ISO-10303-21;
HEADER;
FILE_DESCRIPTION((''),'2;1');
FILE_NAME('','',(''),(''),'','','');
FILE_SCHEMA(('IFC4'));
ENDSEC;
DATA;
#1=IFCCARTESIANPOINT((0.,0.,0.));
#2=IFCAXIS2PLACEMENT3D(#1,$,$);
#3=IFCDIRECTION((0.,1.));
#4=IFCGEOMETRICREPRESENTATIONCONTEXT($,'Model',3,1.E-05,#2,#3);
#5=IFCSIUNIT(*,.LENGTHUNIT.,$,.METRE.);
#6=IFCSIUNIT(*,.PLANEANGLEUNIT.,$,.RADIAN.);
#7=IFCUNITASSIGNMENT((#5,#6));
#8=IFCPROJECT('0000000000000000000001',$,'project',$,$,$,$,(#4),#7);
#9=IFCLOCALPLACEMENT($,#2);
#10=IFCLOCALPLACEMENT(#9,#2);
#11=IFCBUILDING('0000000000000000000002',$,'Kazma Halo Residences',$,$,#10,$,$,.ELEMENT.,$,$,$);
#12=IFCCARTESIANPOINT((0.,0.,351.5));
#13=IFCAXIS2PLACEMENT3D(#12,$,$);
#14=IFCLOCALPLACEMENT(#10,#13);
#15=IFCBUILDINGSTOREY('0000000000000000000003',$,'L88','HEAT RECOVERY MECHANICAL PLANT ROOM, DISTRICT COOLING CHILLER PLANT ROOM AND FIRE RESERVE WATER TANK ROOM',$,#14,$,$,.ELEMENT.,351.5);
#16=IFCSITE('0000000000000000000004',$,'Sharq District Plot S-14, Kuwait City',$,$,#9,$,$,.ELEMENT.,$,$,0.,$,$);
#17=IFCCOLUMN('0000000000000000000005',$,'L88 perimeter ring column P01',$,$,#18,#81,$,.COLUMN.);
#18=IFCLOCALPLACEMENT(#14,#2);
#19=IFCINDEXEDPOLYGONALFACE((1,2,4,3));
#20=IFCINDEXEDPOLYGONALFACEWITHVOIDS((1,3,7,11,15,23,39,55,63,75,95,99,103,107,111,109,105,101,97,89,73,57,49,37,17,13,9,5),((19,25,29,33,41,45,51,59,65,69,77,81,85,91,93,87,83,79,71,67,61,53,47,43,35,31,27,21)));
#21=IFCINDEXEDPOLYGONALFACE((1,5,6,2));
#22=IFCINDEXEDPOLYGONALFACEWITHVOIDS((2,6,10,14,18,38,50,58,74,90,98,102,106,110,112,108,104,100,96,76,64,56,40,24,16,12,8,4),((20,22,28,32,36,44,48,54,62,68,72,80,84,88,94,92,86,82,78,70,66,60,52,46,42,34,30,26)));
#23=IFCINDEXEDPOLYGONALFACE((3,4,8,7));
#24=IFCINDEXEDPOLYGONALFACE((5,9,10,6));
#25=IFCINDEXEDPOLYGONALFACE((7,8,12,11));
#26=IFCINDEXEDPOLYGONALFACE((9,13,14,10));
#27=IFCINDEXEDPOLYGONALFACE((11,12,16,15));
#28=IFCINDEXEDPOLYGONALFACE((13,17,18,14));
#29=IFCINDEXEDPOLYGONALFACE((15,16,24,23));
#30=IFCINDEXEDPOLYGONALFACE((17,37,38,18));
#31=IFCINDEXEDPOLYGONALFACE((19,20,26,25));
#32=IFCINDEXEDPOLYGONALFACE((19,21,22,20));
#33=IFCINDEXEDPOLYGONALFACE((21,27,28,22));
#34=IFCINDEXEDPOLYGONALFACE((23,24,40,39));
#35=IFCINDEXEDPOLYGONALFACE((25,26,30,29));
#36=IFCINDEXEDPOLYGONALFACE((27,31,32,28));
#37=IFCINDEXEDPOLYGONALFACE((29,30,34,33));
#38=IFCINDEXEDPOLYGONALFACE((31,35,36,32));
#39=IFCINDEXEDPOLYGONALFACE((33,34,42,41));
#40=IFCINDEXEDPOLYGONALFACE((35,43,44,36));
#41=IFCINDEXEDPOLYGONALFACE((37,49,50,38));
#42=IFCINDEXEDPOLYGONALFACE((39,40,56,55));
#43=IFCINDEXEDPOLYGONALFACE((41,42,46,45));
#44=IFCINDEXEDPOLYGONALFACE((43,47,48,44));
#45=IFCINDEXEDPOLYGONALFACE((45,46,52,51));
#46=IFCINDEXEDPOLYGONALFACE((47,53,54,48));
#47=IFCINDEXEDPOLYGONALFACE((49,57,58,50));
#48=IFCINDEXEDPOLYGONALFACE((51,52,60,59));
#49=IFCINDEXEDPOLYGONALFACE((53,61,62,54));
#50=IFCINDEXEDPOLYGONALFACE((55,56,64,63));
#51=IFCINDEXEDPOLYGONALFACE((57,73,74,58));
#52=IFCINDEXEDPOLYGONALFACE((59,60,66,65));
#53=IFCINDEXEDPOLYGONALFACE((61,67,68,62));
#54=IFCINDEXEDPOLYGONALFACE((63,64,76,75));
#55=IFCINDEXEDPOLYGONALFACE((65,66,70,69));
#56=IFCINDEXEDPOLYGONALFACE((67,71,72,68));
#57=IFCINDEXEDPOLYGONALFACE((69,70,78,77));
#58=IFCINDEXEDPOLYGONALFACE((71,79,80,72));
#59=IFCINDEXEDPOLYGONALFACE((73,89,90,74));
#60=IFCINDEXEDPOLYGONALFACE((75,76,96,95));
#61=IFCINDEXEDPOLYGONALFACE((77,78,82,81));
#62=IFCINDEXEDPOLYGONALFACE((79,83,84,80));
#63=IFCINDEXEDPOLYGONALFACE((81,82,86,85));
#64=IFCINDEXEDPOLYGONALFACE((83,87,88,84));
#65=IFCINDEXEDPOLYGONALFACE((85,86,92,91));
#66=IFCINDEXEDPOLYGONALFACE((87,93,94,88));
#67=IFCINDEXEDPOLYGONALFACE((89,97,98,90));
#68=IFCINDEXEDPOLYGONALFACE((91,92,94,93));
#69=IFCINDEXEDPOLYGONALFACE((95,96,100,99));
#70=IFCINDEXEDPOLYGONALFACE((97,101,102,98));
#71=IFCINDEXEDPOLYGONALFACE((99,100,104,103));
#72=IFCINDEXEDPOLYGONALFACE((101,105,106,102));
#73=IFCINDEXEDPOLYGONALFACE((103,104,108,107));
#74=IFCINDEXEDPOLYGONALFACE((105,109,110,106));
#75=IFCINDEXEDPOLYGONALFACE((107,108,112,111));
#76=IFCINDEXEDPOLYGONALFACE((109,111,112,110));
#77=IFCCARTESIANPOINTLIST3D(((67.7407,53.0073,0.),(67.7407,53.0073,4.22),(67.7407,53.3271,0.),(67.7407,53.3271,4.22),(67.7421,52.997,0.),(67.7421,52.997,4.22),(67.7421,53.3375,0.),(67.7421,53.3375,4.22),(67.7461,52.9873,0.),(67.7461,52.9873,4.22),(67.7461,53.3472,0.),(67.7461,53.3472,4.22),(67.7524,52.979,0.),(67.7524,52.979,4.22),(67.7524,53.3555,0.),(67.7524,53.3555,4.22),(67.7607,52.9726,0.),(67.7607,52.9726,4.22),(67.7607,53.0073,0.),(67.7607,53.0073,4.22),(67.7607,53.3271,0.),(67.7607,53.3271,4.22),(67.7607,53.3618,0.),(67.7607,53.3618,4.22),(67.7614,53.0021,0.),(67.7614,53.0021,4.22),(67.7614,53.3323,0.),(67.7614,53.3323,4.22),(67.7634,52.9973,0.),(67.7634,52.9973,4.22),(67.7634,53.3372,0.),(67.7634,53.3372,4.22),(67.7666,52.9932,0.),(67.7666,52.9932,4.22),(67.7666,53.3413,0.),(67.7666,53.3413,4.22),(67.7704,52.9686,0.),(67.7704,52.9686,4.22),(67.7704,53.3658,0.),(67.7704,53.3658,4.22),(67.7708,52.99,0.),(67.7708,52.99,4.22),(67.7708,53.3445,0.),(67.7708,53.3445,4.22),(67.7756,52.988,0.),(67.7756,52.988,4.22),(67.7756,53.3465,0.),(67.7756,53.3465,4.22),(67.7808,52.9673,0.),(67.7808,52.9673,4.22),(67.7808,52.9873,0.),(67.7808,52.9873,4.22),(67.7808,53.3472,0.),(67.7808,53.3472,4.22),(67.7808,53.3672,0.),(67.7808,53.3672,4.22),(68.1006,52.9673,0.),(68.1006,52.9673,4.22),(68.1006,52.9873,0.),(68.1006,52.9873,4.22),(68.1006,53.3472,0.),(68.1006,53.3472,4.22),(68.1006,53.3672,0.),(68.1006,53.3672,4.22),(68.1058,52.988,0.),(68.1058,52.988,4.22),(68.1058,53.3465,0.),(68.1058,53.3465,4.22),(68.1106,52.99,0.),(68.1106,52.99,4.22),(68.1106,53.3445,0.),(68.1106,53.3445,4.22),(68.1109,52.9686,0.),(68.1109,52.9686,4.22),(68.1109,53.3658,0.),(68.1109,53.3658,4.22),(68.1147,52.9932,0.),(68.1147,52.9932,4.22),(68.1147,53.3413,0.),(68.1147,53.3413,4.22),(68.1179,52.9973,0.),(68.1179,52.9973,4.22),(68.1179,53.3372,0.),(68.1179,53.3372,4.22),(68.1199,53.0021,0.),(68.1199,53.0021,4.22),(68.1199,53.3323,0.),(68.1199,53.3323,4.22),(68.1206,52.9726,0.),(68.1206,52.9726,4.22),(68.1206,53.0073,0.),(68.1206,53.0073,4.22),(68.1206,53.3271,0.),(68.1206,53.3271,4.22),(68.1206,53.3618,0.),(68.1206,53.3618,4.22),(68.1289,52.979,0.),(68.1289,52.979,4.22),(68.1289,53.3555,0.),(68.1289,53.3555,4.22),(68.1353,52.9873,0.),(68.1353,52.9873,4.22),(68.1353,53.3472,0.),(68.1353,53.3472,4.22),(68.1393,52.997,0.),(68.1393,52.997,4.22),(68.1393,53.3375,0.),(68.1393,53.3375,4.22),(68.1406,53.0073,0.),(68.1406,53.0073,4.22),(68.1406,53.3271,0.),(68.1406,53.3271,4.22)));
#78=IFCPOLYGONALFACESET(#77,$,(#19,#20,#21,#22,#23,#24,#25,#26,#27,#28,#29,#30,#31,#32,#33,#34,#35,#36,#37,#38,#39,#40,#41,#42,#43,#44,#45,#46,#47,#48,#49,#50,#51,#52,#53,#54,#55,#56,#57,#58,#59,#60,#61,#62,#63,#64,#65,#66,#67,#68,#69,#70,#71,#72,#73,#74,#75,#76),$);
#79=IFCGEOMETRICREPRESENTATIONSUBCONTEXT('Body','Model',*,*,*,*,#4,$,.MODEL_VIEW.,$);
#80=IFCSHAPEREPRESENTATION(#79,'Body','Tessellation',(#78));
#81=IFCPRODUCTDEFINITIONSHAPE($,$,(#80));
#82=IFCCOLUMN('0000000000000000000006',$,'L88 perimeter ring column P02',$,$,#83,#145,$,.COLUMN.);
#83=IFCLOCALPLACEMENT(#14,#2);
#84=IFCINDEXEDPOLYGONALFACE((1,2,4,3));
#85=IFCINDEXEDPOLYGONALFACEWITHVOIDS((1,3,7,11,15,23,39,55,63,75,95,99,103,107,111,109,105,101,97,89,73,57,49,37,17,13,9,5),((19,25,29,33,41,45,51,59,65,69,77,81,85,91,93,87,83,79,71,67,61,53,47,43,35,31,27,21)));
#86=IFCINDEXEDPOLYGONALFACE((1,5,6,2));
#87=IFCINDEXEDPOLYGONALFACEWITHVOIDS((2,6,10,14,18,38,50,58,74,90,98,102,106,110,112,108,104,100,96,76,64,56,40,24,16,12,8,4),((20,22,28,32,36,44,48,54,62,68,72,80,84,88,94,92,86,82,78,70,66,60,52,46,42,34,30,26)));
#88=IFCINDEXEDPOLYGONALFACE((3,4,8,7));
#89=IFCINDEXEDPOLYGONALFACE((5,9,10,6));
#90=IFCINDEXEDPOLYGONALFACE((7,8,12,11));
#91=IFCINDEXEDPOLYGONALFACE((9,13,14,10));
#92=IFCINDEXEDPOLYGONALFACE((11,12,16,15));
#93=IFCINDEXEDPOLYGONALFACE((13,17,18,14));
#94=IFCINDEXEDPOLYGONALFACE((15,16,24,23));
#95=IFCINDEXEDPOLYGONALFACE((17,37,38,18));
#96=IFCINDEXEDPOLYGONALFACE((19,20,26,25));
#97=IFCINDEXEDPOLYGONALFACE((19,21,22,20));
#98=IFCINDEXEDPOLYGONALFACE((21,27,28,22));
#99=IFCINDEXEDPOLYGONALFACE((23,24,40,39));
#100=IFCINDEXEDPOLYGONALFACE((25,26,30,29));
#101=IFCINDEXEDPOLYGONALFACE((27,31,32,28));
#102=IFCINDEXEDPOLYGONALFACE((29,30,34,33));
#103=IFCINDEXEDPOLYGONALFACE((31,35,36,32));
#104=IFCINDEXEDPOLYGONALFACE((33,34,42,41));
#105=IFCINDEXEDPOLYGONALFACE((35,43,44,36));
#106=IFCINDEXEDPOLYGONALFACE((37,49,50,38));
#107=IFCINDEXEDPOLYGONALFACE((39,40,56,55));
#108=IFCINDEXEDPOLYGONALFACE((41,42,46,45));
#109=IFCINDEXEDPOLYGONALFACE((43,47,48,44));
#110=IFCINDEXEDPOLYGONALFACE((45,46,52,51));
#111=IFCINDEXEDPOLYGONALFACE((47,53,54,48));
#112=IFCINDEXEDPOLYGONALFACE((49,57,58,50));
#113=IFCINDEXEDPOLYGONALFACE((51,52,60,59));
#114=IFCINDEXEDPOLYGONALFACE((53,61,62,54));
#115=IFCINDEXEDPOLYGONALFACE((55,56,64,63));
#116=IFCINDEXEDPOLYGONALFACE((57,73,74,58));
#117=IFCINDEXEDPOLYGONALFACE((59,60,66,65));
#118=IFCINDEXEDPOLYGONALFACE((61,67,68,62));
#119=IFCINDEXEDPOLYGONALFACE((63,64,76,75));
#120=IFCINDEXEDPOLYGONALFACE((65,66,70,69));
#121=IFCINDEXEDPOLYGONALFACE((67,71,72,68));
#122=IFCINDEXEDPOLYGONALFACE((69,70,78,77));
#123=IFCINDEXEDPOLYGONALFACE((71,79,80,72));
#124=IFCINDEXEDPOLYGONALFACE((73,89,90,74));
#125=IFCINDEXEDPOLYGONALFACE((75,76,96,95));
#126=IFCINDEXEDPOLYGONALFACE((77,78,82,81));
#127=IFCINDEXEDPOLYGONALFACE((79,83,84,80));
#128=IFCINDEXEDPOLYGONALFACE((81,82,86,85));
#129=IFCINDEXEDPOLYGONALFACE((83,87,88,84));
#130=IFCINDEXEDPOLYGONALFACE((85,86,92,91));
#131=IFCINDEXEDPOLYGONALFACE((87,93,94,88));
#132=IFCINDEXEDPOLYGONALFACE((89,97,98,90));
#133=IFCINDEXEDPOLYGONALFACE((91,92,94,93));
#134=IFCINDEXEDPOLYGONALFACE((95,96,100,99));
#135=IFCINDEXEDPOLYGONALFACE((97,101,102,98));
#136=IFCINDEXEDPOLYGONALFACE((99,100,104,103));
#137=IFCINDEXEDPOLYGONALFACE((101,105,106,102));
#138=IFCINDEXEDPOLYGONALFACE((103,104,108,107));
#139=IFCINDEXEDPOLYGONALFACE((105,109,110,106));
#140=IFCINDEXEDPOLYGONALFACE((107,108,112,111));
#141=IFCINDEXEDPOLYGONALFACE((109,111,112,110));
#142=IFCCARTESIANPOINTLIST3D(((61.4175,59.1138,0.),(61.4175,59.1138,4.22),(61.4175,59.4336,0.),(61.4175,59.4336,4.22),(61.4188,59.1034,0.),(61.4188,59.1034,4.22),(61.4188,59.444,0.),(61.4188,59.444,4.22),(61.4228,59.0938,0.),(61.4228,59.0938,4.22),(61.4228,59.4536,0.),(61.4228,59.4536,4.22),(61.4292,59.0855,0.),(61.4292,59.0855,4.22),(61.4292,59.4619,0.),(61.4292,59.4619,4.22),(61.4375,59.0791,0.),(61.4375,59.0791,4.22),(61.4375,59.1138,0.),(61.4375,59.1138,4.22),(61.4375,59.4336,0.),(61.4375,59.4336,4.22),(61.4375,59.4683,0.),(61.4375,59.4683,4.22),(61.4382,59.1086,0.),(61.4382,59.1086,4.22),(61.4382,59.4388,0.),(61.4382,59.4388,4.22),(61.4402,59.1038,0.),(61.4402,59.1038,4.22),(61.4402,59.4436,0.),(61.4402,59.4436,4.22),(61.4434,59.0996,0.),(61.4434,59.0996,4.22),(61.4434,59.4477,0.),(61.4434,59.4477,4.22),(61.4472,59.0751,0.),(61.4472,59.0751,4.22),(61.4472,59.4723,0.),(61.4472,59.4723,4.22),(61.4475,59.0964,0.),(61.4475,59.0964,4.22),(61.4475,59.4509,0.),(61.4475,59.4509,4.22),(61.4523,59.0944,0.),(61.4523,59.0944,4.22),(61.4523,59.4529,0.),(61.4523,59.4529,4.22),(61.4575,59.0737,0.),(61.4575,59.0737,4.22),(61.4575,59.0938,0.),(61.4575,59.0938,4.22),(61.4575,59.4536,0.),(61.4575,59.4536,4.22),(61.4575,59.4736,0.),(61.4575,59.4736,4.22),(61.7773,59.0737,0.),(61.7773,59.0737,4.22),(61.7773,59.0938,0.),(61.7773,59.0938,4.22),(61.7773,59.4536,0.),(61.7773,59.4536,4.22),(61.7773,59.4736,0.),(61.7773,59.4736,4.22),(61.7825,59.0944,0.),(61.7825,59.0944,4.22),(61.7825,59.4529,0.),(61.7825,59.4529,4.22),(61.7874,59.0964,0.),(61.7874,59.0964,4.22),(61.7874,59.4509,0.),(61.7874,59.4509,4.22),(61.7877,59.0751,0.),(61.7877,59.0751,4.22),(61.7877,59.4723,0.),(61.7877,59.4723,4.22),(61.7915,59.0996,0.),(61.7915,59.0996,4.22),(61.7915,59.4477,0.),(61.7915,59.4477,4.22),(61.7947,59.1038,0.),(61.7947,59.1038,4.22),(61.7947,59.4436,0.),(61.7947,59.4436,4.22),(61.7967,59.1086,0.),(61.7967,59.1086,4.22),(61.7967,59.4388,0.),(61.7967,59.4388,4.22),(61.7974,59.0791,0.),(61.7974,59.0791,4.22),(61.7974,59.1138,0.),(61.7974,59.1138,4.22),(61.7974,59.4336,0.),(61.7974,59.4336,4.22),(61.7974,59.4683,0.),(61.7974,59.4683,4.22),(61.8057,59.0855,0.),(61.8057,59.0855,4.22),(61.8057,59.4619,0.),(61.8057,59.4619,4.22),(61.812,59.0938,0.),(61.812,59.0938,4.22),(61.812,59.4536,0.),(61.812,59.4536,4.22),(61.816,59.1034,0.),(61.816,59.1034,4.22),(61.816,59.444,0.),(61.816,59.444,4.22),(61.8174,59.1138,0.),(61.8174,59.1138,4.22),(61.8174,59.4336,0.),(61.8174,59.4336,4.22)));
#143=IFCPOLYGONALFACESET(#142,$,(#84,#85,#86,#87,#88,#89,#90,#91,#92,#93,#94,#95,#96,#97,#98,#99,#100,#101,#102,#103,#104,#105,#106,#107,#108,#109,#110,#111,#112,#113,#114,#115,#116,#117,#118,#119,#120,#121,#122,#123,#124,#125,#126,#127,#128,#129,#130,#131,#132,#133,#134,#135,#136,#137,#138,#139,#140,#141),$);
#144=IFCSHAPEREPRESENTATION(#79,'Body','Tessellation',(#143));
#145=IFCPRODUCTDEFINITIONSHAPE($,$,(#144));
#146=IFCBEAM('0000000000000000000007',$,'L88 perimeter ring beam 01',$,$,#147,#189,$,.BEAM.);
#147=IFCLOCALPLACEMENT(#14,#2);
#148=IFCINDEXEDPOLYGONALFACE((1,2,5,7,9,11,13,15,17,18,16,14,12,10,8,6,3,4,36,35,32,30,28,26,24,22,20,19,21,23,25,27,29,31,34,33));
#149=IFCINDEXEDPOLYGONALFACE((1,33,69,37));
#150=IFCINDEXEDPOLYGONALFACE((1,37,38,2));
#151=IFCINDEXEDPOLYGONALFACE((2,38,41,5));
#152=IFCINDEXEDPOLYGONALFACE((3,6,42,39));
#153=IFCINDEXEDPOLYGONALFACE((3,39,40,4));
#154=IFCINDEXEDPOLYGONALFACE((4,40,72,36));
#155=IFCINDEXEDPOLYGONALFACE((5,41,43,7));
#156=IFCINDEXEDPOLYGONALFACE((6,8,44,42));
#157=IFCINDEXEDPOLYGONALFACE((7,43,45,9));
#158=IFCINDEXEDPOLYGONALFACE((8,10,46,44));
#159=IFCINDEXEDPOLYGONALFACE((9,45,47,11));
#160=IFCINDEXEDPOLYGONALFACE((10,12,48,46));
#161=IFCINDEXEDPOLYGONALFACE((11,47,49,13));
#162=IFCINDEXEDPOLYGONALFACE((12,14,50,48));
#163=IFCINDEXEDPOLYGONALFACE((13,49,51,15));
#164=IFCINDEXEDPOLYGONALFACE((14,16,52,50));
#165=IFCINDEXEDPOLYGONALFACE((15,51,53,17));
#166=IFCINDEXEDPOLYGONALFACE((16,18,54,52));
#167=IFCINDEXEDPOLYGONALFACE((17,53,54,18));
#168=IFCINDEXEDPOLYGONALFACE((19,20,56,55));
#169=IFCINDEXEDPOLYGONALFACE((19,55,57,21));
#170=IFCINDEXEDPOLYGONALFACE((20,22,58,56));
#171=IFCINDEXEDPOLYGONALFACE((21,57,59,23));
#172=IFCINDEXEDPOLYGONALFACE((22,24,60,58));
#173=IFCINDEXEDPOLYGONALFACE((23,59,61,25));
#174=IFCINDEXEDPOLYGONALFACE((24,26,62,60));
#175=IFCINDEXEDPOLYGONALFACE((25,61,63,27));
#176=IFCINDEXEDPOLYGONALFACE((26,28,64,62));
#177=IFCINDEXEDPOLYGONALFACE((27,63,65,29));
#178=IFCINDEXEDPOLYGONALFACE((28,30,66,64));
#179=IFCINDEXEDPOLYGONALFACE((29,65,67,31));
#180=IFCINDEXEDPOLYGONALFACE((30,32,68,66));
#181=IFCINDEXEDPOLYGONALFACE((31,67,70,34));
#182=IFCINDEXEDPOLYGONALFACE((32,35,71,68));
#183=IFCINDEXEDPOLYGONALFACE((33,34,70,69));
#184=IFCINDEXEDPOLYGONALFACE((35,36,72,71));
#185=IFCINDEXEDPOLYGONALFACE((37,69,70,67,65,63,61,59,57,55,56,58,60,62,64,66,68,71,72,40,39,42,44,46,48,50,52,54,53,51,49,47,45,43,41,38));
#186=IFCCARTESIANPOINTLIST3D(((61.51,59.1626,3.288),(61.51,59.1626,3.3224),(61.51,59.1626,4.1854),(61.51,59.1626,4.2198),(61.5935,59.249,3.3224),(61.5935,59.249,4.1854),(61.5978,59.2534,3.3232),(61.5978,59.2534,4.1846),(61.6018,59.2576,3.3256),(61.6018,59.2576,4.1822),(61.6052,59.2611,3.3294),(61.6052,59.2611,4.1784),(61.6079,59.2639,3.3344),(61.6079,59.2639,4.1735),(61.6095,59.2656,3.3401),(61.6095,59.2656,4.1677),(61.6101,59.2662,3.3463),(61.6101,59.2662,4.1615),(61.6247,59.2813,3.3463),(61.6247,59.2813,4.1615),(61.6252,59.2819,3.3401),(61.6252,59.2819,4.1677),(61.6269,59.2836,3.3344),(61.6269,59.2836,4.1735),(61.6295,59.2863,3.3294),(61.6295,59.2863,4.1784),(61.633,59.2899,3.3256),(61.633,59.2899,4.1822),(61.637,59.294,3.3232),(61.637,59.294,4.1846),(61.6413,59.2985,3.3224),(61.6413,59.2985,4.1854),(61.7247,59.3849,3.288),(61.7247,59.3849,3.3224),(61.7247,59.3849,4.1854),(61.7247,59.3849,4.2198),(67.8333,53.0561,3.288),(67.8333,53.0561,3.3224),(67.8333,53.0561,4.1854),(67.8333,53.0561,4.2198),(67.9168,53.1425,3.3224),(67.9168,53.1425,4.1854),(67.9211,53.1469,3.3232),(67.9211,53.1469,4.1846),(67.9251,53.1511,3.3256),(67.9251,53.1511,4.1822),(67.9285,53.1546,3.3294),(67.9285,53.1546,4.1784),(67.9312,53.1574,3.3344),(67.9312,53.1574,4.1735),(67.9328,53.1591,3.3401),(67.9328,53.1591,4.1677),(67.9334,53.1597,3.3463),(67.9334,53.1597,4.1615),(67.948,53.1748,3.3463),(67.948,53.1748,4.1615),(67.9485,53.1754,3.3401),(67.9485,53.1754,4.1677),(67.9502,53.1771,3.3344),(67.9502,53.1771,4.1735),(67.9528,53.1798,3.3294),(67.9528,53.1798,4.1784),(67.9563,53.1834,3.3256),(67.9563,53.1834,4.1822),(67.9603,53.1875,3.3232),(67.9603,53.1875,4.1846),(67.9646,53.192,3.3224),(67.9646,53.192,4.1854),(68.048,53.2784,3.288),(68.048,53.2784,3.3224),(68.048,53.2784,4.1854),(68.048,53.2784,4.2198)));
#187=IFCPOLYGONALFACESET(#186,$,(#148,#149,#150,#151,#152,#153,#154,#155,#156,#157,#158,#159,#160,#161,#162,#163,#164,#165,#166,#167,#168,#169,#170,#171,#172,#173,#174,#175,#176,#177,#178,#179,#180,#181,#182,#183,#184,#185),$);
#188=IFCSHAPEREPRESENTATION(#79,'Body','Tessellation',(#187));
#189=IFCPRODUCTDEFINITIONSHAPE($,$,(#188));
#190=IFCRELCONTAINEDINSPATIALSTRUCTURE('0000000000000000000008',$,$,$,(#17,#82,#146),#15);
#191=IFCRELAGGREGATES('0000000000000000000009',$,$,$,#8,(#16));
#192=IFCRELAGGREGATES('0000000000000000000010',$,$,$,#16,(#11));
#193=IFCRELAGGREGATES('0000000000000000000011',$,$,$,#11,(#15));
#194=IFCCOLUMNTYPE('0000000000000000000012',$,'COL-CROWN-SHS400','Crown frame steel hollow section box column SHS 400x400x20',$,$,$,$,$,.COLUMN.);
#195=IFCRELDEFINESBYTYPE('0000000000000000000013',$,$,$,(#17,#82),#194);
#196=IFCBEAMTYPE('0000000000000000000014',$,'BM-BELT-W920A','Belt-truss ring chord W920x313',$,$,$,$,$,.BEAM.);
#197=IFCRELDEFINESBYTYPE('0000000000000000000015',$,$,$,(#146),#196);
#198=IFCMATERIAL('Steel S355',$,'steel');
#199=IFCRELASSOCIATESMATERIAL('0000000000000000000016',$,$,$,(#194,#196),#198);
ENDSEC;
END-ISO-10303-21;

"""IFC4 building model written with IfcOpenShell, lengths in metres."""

from ifc_helpers import new_model, si_unit, direction, frame, origin, origin_2d, place, context, subcontext, project, spatial, hollow_rectangle, i_section, extrude, material, material_profile, profile_set, type_object, element, save


model = new_model("IFC4")

# Units and contexts
model_context = context("Model", 3, precision=1e-05, world=origin(), true_north=direction((0.0, 1.0)))
body_context = subcontext(model_context, "Body", "Model", "MODEL_VIEW")
ifc_project = project(units=[si_unit("LENGTHUNIT", "METRE"), si_unit("PLANEANGLEUNIT", "RADIAN")], contexts=[model_context])

# Site, building, storey
site_placement = place(None, origin())
site = spatial("IfcSite", under=ifc_project, at=site_placement, Name="Sharq District Plot S-14, Kuwait City", CompositionType="ELEMENT", RefElevation=0.0)
building_placement = place(site_placement, origin())
building = spatial("IfcBuilding", under=site, at=building_placement, Name="Kazma Halo Residences", CompositionType="ELEMENT")
storey_placement = place(building_placement, frame((0.0, 0.0, 351.5)))
storey = spatial("IfcBuildingStorey", under=building, at=storey_placement, Name="L88", Description="HEAT RECOVERY MECHANICAL PLANT ROOM, DISTRICT COOLING CHILLER PLANT ROOM AND FIRE RESERVE WATER TANK ROOM", CompositionType="ELEMENT", Elevation=351.5)

# Columns
ifc_material_1 = material(Name="Steel S355", Category="steel")
ifc_material_profile_1 = material_profile(ifc_material_1, hollow_rectangle(XDim=0.3999, YDim=0.3999, WallThickness=0.02, InnerFilletRadius=0.02, OuterFilletRadius=0.04, at=origin_2d()), Name="SHS400x400x20")
ifc_profile_set_1 = profile_set([ifc_material_profile_1], Name="Steel S355")
column_type = type_object("IfcColumnType", Name="COL-CROWN-SHS400", Description="Crown frame steel hollow section box column SHS 400x400x20", PredefinedType="COLUMN", material=ifc_profile_set_1)
for number, where, z_axis, x_axis, name in (
    (1, (67.9407, 53.1672, 0.0), (0.0, 0.0, 1.0), (1.0, 0.0, 0.0), "L88 perimeter ring column P01"),
    (2, (61.6174, 59.2737, 0.0), (0.0, 0.0, 1.0), (1.0, 0.0, 0.0), "L88 perimeter ring column P02"),
):
    element("IfcColumn", number, at=place(storey_placement, frame(where, z_axis=z_axis, x_axis=x_axis)), inside=storey, type_object=column_type, Name=name, PredefinedType="COLUMN", context=body_context, shape_type="SweptSolid", body=[
        extrude(hollow_rectangle(XDim=0.3999, YDim=0.3999, WallThickness=0.02, InnerFilletRadius=0.02, OuterFilletRadius=0.04, at=origin_2d()), origin(), (0.0, 0.0, 1.0), 4.22),
    ])

# Beam
ifc_material_profile_2 = material_profile(ifc_material_1, i_section(OverallWidth=0.3091, OverallDepth=0.9319, WebThickness=0.021, FlangeThickness=0.0344, FilletRadius=0.0239, at=origin_2d()), Name="W920x313")
ifc_profile_set_2 = profile_set([ifc_material_profile_2], Name="Steel S355")
beam_type_1 = type_object("IfcBeamType", Name="BM-BELT-W920A", Description="Belt-truss ring chord W920x313", PredefinedType="BEAM", material=ifc_profile_set_2)
beam_1_placement = place(storey_placement, frame((67.9407, 53.1672, 3.7539), z_axis=(-0.719331, 0.694668, 0.0), x_axis=(-0.694668, -0.719331, 0.0)))
element("IfcBeam", 3, at=beam_1_placement, inside=storey, type_object=beam_type_1, Name="L88 perimeter ring beam 01", PredefinedType="BEAM", context=body_context, shape_type="SweptSolid", body=[
    extrude(i_section(OverallWidth=0.3091, OverallDepth=0.9319, WebThickness=0.021, FlangeThickness=0.0344, FilletRadius=0.0239, at=origin_2d()), origin(), (0.0, 0.0, 1.0), 8.7905),
])

save(model, "model.ifc")
